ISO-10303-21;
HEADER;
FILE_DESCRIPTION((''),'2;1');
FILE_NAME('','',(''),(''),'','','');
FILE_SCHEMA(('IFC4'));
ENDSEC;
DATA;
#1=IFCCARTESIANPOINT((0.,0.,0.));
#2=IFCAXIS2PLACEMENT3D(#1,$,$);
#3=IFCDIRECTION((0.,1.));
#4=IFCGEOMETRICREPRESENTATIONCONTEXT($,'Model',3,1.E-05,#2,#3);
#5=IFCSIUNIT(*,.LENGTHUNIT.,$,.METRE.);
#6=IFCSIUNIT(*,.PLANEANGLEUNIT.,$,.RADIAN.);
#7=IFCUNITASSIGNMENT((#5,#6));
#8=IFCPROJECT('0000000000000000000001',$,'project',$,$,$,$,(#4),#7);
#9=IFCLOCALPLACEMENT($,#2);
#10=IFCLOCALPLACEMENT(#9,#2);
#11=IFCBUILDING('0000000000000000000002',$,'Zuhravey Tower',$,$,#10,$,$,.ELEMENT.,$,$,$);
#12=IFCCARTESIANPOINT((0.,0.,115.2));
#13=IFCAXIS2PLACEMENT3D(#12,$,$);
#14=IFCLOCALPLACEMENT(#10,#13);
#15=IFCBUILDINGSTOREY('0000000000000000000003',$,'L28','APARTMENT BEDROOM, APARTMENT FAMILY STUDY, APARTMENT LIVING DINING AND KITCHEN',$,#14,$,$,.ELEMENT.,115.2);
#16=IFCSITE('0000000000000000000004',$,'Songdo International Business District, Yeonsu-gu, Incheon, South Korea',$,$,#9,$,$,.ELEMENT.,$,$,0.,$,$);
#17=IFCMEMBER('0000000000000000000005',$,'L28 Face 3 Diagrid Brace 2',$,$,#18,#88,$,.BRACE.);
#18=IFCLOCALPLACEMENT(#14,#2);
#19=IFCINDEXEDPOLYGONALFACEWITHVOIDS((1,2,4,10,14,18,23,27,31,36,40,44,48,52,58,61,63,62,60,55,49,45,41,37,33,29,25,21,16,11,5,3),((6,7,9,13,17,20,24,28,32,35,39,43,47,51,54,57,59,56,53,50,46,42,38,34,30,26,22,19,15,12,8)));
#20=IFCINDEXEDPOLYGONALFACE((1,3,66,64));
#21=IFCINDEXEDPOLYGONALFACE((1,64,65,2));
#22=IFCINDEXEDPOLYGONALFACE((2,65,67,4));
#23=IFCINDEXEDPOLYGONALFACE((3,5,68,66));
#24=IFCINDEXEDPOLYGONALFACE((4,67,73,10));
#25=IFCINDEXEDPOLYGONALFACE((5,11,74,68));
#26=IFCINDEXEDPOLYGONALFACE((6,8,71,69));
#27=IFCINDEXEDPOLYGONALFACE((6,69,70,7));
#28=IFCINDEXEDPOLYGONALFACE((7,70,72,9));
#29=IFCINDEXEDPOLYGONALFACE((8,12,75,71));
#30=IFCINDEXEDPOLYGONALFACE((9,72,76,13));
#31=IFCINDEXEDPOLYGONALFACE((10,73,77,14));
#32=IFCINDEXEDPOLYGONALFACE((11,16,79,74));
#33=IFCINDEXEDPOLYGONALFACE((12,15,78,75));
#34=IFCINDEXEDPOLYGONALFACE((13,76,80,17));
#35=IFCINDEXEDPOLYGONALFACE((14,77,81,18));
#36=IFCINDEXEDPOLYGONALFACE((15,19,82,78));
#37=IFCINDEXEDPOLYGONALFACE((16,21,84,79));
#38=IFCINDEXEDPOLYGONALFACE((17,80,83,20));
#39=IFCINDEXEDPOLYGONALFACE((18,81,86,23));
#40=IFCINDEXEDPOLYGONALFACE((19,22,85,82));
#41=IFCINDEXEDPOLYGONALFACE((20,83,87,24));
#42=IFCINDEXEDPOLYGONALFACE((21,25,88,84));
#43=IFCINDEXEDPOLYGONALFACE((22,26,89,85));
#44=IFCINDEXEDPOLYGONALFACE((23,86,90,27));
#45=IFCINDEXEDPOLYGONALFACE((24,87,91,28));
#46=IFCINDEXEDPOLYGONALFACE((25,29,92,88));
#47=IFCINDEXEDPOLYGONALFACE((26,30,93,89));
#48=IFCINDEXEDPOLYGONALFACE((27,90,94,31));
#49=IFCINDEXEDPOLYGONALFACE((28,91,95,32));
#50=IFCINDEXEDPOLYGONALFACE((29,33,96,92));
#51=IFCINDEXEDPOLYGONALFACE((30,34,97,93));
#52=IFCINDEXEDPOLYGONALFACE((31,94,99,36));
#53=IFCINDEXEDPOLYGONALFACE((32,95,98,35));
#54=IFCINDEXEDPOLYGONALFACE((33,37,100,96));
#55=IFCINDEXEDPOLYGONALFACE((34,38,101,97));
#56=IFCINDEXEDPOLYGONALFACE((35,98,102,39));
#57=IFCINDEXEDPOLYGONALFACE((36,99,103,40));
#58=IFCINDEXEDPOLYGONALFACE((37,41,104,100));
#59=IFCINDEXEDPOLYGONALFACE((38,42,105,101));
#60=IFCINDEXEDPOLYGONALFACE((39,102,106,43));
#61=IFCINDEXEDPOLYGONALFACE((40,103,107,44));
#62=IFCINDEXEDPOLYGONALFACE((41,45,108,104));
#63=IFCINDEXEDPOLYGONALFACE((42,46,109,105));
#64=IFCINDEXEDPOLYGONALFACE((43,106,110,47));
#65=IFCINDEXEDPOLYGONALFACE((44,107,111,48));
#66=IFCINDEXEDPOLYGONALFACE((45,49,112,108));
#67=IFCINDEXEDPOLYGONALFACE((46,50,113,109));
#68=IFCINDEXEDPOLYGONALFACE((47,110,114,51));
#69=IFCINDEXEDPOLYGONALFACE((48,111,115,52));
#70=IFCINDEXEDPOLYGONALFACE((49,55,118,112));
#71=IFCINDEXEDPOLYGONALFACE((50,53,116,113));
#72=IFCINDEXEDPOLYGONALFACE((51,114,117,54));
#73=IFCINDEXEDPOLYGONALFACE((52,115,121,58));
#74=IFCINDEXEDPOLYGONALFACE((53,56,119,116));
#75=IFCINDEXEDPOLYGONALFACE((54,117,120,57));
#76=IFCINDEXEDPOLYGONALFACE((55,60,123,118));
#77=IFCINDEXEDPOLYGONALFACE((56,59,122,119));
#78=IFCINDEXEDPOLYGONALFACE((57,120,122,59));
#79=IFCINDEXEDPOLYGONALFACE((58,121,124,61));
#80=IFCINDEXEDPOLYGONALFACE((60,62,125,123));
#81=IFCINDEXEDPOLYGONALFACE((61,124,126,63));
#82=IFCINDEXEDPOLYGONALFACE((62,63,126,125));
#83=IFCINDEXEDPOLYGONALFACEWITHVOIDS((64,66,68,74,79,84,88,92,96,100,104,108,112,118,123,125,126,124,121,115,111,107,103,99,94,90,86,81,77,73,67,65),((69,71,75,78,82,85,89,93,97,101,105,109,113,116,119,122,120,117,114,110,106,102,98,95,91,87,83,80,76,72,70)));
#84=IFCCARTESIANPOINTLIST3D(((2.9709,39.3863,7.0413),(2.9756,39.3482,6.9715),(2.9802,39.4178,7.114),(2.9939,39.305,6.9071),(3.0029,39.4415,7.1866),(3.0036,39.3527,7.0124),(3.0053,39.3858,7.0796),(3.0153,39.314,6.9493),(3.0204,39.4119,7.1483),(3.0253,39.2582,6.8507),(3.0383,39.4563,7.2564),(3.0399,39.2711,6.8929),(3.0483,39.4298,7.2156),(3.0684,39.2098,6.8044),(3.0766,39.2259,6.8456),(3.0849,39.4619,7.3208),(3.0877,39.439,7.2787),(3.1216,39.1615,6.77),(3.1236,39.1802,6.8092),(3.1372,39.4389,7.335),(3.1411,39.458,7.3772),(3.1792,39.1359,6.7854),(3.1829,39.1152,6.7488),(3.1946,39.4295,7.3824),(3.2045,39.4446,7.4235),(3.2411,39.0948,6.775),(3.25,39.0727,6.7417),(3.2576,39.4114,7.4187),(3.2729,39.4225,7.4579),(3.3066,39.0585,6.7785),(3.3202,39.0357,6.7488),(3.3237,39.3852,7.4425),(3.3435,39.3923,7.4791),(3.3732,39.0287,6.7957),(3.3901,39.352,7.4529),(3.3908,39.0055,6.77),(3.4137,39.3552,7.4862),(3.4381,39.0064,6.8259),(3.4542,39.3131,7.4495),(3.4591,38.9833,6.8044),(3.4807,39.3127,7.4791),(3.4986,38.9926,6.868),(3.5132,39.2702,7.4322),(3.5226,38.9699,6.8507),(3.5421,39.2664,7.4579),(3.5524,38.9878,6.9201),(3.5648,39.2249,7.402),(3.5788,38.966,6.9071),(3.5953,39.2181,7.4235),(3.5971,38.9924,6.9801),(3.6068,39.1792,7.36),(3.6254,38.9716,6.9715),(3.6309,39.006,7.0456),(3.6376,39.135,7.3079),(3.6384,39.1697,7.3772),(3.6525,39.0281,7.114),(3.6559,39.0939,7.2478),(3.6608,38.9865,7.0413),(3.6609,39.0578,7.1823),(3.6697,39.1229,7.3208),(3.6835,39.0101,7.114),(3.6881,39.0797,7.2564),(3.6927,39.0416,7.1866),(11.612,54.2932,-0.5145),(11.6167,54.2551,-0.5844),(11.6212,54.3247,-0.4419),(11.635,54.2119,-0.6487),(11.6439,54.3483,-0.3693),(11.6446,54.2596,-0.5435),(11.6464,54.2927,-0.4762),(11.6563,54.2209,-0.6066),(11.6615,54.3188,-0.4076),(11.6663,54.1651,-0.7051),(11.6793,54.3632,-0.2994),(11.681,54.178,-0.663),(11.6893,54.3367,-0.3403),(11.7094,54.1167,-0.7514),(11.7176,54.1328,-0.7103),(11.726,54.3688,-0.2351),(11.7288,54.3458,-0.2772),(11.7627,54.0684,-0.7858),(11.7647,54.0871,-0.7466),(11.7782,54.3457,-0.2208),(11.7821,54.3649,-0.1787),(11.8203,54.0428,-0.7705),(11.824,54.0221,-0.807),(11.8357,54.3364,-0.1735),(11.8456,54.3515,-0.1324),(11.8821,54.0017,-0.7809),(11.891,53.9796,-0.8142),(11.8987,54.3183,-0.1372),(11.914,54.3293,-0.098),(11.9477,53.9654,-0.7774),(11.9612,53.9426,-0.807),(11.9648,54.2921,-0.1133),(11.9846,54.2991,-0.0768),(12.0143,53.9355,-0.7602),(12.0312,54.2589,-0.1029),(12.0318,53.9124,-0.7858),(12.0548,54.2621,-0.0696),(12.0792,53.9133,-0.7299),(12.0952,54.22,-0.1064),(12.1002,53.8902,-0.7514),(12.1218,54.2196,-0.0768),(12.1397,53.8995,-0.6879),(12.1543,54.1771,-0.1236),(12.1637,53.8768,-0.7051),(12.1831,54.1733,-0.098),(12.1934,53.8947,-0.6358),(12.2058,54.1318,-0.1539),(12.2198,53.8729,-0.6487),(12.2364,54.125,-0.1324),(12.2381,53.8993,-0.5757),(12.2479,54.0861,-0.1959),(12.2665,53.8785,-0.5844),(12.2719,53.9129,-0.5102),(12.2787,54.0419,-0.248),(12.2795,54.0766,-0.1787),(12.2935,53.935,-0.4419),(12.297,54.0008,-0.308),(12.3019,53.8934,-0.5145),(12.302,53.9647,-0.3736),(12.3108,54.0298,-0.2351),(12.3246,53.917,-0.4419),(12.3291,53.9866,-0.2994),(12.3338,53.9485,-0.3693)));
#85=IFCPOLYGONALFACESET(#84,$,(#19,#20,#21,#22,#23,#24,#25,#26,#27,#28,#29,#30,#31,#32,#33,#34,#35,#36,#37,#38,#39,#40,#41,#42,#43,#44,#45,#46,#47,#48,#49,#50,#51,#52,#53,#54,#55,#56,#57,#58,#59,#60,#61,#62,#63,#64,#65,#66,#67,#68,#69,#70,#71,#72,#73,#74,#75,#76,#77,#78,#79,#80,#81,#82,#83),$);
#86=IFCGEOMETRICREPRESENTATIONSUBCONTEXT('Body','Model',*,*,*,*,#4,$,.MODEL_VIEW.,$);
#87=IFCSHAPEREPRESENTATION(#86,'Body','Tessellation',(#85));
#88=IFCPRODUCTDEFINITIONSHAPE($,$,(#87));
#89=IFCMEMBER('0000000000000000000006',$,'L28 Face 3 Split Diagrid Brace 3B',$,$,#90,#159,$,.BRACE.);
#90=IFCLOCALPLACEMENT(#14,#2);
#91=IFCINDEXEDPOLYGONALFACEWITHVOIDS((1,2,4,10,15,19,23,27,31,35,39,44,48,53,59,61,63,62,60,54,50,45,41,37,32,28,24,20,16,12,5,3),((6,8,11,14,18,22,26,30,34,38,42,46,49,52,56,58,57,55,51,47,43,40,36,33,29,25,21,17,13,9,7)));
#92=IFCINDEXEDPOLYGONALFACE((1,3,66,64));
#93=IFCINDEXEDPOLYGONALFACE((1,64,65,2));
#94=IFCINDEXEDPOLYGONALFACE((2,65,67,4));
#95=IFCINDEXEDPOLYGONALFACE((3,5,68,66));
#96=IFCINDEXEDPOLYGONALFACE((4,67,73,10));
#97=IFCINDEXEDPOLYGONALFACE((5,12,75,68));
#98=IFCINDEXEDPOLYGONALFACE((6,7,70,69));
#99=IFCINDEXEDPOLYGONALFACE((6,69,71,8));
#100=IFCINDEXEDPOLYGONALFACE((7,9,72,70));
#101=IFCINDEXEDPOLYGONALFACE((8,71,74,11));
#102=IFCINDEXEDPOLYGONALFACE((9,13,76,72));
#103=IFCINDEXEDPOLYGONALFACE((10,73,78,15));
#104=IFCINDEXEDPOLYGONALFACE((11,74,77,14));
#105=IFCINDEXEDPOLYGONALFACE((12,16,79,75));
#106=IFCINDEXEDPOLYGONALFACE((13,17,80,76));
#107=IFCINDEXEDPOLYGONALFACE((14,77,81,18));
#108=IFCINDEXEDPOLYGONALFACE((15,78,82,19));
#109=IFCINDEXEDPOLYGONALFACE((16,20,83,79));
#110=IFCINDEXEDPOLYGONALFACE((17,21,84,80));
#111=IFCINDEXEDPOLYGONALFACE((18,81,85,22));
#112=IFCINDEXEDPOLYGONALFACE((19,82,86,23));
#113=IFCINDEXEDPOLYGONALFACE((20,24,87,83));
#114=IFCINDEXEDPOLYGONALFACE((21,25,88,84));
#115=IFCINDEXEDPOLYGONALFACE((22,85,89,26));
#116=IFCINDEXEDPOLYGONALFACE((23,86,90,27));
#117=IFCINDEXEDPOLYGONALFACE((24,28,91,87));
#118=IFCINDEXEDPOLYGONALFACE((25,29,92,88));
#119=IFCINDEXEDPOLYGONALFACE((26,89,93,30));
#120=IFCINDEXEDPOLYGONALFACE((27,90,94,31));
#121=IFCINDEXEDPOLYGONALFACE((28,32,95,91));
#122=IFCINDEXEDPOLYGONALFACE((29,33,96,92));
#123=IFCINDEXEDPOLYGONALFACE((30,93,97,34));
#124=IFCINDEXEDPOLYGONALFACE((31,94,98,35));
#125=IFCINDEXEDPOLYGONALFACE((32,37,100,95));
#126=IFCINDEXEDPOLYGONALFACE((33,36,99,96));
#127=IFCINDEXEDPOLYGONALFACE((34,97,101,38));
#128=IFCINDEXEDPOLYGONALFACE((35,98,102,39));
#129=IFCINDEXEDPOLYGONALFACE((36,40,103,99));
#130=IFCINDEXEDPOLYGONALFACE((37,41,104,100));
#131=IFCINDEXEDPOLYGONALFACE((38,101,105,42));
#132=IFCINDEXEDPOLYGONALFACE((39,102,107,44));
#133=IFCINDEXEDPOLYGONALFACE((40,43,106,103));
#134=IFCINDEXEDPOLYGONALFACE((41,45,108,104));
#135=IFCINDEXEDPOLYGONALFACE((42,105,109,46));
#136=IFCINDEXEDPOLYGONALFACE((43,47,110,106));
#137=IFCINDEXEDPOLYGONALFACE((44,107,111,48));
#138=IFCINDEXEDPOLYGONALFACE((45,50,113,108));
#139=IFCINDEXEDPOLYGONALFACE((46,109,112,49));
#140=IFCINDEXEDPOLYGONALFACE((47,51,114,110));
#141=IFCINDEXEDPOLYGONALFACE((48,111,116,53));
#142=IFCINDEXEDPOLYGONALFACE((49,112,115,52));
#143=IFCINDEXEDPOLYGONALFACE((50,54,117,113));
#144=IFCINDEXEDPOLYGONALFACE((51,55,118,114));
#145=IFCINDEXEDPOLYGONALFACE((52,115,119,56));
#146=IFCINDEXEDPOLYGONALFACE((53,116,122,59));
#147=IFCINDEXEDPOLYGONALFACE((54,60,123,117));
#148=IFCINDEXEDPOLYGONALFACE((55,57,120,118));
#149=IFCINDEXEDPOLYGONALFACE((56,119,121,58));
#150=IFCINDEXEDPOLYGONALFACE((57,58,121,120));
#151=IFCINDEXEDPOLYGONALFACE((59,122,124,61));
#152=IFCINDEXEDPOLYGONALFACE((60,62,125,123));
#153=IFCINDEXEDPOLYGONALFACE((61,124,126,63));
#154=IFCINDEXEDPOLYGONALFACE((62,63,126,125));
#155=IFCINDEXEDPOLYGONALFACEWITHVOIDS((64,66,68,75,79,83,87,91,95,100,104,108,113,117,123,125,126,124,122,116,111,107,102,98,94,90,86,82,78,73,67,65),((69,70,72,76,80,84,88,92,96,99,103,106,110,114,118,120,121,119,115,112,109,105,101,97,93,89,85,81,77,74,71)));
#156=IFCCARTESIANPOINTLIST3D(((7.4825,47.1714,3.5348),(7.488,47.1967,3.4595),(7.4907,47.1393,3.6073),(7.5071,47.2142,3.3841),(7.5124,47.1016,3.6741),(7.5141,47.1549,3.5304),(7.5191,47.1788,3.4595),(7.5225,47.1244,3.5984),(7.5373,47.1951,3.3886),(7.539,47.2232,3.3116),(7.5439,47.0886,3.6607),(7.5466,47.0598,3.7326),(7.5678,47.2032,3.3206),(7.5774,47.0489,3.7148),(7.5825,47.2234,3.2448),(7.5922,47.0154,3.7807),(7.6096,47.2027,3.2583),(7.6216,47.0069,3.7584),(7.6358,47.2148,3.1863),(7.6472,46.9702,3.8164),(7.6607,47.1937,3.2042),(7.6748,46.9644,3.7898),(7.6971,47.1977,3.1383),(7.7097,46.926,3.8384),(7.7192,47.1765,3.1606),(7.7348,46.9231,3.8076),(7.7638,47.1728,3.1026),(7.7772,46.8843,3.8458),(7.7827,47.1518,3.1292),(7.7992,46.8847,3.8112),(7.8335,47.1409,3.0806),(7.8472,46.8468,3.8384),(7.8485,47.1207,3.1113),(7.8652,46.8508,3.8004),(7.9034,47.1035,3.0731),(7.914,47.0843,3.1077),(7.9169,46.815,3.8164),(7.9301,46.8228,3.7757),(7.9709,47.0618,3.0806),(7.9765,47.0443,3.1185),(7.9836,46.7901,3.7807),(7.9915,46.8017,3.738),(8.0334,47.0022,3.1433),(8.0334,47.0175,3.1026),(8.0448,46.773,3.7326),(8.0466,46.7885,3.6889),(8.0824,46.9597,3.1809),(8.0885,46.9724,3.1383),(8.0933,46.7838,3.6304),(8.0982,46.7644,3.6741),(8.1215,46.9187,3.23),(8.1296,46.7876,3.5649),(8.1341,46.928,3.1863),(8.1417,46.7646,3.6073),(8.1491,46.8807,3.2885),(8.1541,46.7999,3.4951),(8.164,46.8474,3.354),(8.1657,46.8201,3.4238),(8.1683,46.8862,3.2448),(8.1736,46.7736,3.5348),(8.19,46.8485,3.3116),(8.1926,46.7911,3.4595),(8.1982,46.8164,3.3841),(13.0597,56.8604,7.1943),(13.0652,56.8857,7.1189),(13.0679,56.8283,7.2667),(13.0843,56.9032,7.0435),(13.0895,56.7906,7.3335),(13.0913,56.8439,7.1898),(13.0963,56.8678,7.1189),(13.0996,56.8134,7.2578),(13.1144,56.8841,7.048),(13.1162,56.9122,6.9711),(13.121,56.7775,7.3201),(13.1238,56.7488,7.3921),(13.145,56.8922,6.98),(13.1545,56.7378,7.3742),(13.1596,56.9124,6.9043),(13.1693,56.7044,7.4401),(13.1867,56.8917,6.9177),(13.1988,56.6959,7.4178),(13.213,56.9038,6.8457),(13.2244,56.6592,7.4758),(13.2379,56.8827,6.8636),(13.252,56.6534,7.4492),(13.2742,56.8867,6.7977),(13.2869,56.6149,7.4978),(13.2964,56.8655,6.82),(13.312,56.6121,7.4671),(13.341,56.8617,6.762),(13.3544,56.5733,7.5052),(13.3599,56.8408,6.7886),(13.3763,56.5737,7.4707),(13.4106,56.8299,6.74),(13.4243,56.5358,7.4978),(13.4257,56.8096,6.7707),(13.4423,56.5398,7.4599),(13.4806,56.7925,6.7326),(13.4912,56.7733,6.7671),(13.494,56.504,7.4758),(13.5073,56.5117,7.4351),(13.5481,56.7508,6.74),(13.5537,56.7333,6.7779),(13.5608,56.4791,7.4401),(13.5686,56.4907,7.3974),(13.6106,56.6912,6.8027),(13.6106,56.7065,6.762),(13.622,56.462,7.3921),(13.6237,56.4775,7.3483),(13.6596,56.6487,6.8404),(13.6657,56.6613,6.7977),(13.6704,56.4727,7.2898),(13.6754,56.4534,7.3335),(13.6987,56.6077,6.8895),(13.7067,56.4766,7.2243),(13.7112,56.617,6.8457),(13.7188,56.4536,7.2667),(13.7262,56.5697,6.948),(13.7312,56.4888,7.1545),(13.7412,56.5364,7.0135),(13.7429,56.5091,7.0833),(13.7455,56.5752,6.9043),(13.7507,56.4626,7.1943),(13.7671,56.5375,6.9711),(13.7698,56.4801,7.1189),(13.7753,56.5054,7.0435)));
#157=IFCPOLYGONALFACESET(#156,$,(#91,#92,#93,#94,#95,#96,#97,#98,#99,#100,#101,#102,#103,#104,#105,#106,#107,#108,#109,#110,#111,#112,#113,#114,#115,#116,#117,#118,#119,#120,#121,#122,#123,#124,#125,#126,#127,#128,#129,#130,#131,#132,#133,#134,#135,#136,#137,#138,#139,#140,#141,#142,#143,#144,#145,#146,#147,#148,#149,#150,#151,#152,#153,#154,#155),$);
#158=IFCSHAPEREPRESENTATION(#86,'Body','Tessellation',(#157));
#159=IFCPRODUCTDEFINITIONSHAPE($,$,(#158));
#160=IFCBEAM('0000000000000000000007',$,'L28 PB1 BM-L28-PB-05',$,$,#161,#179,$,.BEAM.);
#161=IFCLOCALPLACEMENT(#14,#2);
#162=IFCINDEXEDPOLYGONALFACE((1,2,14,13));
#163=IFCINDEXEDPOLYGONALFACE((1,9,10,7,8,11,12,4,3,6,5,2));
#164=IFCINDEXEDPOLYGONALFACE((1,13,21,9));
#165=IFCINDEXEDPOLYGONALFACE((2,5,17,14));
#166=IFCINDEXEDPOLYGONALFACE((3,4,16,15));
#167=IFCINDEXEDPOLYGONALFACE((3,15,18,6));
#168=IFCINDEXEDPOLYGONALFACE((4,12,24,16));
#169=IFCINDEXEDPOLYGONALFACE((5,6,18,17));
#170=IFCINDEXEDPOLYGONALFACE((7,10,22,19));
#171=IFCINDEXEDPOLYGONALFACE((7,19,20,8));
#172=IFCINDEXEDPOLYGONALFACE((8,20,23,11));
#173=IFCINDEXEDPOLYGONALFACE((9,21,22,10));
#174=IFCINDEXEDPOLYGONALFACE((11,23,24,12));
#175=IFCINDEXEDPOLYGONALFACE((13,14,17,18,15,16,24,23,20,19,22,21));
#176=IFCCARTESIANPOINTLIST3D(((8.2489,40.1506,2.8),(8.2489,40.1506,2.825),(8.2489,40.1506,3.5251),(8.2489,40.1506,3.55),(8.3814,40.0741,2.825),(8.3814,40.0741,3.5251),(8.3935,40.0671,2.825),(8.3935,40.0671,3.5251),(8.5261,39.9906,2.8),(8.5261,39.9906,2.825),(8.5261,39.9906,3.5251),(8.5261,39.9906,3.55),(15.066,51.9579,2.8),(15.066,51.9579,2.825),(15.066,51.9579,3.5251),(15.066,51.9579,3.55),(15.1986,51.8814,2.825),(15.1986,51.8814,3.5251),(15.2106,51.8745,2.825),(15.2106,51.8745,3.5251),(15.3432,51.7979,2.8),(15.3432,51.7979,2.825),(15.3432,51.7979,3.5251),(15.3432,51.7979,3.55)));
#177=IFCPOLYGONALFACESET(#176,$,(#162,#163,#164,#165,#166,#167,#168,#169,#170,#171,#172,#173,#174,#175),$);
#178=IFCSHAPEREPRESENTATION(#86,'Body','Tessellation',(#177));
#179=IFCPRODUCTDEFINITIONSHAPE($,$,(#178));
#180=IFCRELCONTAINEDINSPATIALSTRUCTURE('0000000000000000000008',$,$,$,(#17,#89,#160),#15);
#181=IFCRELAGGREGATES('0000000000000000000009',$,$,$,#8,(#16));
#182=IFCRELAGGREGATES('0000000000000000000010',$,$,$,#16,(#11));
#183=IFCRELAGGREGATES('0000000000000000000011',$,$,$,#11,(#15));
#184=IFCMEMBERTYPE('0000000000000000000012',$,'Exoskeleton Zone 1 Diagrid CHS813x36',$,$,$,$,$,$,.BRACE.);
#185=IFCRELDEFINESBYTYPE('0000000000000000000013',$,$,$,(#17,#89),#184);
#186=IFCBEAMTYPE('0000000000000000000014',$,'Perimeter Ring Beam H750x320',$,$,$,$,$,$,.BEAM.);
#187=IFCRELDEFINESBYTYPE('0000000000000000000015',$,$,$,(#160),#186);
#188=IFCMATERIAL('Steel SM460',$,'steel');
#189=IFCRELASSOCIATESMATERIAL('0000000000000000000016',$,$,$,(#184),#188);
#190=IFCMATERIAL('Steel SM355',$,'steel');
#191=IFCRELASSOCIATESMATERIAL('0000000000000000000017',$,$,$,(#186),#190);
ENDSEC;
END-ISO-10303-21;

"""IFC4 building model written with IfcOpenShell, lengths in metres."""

from ifc_helpers import new_model, si_unit, direction, frame, origin, origin_2d, place, context, subcontext, project, spatial, hollow_circle, i_section, extrude, material, material_profile, profile_set, type_object, element, save


model = new_model("IFC4")

# Units and contexts
model_context = context("Model", 3, precision=1e-05, world=origin(), true_north=direction((0.0, 1.0)))
body_context = subcontext(model_context, "Body", "Model", "MODEL_VIEW")
ifc_project = project(units=[si_unit("LENGTHUNIT", "METRE"), si_unit("PLANEANGLEUNIT", "RADIAN")], contexts=[model_context])

# Site, building, storey
site_placement = place(None, origin())
site = spatial("IfcSite", under=ifc_project, at=site_placement, Name="Songdo International Business District, Yeonsu-gu, Incheon, South Korea", CompositionType="ELEMENT", RefElevation=0.0)
building_placement = place(site_placement, origin())
building = spatial("IfcBuilding", under=site, at=building_placement, Name="Zuhravey Tower", CompositionType="ELEMENT")
storey_placement = place(building_placement, frame((0.0, 0.0, 115.2)))
storey = spatial("IfcBuildingStorey", under=building, at=storey_placement, Name="L28", Description="APARTMENT BEDROOM, APARTMENT FAMILY STUDY, APARTMENT LIVING DINING AND KITCHEN", CompositionType="ELEMENT", Elevation=115.2)

# Members
ifc_material_1 = material(Name="Steel SM355", Category="steel")
ifc_material_2 = material(Name="Steel SM460", Category="steel")
ifc_material_profile_1 = material_profile(ifc_material_2, hollow_circle(Radius=0.4065, WallThickness=0.0359, at=origin_2d()), Name="CHS-812.8x36")
ifc_profile_set_1 = profile_set([ifc_material_profile_1], Name="Steel SM460")
member_type_1 = type_object("IfcMemberType", Name="Exoskeleton Zone 1 Diagrid CHS813x36", PredefinedType="BRACE", material=ifc_profile_set_1)
member_1_placement = place(storey_placement, frame((11.9729, 54.1208, -0.4419), z_axis=(-0.459284, -0.792321, 0.401604), x_axis=(0.865156, -0.501504, 0.0)))
element("IfcMember", 1, at=member_1_placement, inside=storey, type_object=member_type_1, Name="L28 Face 3 Diagrid Brace 2", PredefinedType="BRACE", context=body_context, shape_type="SweptSolid", body=[
    extrude(hollow_circle(Radius=0.4065, WallThickness=0.0359, at=origin_2d()), origin(), (0.0, 0.0, 1.0), 18.8142),
])
member_2_placement = place(storey_placement, frame((7.8403, 46.9939, 3.4595), z_axis=(0.47412, 0.82367, 0.311092), x_axis=(-0.866675, 0.498874, 0.0)))
element("IfcMember", 2, at=member_2_placement, inside=storey, type_object=member_type_1, Name="L28 Face 3 Split Diagrid Brace 3B", PredefinedType="BRACE", context=body_context, shape_type="SweptSolid", body=[
    extrude(hollow_circle(Radius=0.4065, WallThickness=0.0359, at=origin_2d()), origin(), (0.0, 0.0, 1.0), 11.7632),
])

# Beam
ifc_material_profile_2 = material_profile(ifc_material_1, i_section(OverallWidth=0.3201, OverallDepth=0.75, WebThickness=0.0139, FlangeThickness=0.0249, at=origin_2d()), Name="H-750x320x14x25")
ifc_profile_set_2 = profile_set([ifc_material_profile_2], Name="Steel SM355")
beam_type_1 = type_object("IfcBeamType", Name="Perimeter Ring Beam H750x320", PredefinedType="BEAM", material=ifc_profile_set_2)
beam_1_placement = place(storey_placement, frame((15.2046, 51.8779, 3.175), z_axis=(-0.500008, -0.866021, 0.0), x_axis=(0.866021, -0.500008, 0.0)))
element("IfcBeam", 3, at=beam_1_placement, inside=storey, type_object=beam_type_1, Name="L28 PB1 BM-L28-PB-05", PredefinedType="BEAM", context=body_context, shape_type="SweptSolid", body=[
    extrude(i_section(OverallWidth=0.3201, OverallDepth=0.75, WebThickness=0.0139, FlangeThickness=0.0249, at=origin_2d()), origin(), (0.0, 0.0, 1.0), 13.634),
])

save(model, "model.ifc")
